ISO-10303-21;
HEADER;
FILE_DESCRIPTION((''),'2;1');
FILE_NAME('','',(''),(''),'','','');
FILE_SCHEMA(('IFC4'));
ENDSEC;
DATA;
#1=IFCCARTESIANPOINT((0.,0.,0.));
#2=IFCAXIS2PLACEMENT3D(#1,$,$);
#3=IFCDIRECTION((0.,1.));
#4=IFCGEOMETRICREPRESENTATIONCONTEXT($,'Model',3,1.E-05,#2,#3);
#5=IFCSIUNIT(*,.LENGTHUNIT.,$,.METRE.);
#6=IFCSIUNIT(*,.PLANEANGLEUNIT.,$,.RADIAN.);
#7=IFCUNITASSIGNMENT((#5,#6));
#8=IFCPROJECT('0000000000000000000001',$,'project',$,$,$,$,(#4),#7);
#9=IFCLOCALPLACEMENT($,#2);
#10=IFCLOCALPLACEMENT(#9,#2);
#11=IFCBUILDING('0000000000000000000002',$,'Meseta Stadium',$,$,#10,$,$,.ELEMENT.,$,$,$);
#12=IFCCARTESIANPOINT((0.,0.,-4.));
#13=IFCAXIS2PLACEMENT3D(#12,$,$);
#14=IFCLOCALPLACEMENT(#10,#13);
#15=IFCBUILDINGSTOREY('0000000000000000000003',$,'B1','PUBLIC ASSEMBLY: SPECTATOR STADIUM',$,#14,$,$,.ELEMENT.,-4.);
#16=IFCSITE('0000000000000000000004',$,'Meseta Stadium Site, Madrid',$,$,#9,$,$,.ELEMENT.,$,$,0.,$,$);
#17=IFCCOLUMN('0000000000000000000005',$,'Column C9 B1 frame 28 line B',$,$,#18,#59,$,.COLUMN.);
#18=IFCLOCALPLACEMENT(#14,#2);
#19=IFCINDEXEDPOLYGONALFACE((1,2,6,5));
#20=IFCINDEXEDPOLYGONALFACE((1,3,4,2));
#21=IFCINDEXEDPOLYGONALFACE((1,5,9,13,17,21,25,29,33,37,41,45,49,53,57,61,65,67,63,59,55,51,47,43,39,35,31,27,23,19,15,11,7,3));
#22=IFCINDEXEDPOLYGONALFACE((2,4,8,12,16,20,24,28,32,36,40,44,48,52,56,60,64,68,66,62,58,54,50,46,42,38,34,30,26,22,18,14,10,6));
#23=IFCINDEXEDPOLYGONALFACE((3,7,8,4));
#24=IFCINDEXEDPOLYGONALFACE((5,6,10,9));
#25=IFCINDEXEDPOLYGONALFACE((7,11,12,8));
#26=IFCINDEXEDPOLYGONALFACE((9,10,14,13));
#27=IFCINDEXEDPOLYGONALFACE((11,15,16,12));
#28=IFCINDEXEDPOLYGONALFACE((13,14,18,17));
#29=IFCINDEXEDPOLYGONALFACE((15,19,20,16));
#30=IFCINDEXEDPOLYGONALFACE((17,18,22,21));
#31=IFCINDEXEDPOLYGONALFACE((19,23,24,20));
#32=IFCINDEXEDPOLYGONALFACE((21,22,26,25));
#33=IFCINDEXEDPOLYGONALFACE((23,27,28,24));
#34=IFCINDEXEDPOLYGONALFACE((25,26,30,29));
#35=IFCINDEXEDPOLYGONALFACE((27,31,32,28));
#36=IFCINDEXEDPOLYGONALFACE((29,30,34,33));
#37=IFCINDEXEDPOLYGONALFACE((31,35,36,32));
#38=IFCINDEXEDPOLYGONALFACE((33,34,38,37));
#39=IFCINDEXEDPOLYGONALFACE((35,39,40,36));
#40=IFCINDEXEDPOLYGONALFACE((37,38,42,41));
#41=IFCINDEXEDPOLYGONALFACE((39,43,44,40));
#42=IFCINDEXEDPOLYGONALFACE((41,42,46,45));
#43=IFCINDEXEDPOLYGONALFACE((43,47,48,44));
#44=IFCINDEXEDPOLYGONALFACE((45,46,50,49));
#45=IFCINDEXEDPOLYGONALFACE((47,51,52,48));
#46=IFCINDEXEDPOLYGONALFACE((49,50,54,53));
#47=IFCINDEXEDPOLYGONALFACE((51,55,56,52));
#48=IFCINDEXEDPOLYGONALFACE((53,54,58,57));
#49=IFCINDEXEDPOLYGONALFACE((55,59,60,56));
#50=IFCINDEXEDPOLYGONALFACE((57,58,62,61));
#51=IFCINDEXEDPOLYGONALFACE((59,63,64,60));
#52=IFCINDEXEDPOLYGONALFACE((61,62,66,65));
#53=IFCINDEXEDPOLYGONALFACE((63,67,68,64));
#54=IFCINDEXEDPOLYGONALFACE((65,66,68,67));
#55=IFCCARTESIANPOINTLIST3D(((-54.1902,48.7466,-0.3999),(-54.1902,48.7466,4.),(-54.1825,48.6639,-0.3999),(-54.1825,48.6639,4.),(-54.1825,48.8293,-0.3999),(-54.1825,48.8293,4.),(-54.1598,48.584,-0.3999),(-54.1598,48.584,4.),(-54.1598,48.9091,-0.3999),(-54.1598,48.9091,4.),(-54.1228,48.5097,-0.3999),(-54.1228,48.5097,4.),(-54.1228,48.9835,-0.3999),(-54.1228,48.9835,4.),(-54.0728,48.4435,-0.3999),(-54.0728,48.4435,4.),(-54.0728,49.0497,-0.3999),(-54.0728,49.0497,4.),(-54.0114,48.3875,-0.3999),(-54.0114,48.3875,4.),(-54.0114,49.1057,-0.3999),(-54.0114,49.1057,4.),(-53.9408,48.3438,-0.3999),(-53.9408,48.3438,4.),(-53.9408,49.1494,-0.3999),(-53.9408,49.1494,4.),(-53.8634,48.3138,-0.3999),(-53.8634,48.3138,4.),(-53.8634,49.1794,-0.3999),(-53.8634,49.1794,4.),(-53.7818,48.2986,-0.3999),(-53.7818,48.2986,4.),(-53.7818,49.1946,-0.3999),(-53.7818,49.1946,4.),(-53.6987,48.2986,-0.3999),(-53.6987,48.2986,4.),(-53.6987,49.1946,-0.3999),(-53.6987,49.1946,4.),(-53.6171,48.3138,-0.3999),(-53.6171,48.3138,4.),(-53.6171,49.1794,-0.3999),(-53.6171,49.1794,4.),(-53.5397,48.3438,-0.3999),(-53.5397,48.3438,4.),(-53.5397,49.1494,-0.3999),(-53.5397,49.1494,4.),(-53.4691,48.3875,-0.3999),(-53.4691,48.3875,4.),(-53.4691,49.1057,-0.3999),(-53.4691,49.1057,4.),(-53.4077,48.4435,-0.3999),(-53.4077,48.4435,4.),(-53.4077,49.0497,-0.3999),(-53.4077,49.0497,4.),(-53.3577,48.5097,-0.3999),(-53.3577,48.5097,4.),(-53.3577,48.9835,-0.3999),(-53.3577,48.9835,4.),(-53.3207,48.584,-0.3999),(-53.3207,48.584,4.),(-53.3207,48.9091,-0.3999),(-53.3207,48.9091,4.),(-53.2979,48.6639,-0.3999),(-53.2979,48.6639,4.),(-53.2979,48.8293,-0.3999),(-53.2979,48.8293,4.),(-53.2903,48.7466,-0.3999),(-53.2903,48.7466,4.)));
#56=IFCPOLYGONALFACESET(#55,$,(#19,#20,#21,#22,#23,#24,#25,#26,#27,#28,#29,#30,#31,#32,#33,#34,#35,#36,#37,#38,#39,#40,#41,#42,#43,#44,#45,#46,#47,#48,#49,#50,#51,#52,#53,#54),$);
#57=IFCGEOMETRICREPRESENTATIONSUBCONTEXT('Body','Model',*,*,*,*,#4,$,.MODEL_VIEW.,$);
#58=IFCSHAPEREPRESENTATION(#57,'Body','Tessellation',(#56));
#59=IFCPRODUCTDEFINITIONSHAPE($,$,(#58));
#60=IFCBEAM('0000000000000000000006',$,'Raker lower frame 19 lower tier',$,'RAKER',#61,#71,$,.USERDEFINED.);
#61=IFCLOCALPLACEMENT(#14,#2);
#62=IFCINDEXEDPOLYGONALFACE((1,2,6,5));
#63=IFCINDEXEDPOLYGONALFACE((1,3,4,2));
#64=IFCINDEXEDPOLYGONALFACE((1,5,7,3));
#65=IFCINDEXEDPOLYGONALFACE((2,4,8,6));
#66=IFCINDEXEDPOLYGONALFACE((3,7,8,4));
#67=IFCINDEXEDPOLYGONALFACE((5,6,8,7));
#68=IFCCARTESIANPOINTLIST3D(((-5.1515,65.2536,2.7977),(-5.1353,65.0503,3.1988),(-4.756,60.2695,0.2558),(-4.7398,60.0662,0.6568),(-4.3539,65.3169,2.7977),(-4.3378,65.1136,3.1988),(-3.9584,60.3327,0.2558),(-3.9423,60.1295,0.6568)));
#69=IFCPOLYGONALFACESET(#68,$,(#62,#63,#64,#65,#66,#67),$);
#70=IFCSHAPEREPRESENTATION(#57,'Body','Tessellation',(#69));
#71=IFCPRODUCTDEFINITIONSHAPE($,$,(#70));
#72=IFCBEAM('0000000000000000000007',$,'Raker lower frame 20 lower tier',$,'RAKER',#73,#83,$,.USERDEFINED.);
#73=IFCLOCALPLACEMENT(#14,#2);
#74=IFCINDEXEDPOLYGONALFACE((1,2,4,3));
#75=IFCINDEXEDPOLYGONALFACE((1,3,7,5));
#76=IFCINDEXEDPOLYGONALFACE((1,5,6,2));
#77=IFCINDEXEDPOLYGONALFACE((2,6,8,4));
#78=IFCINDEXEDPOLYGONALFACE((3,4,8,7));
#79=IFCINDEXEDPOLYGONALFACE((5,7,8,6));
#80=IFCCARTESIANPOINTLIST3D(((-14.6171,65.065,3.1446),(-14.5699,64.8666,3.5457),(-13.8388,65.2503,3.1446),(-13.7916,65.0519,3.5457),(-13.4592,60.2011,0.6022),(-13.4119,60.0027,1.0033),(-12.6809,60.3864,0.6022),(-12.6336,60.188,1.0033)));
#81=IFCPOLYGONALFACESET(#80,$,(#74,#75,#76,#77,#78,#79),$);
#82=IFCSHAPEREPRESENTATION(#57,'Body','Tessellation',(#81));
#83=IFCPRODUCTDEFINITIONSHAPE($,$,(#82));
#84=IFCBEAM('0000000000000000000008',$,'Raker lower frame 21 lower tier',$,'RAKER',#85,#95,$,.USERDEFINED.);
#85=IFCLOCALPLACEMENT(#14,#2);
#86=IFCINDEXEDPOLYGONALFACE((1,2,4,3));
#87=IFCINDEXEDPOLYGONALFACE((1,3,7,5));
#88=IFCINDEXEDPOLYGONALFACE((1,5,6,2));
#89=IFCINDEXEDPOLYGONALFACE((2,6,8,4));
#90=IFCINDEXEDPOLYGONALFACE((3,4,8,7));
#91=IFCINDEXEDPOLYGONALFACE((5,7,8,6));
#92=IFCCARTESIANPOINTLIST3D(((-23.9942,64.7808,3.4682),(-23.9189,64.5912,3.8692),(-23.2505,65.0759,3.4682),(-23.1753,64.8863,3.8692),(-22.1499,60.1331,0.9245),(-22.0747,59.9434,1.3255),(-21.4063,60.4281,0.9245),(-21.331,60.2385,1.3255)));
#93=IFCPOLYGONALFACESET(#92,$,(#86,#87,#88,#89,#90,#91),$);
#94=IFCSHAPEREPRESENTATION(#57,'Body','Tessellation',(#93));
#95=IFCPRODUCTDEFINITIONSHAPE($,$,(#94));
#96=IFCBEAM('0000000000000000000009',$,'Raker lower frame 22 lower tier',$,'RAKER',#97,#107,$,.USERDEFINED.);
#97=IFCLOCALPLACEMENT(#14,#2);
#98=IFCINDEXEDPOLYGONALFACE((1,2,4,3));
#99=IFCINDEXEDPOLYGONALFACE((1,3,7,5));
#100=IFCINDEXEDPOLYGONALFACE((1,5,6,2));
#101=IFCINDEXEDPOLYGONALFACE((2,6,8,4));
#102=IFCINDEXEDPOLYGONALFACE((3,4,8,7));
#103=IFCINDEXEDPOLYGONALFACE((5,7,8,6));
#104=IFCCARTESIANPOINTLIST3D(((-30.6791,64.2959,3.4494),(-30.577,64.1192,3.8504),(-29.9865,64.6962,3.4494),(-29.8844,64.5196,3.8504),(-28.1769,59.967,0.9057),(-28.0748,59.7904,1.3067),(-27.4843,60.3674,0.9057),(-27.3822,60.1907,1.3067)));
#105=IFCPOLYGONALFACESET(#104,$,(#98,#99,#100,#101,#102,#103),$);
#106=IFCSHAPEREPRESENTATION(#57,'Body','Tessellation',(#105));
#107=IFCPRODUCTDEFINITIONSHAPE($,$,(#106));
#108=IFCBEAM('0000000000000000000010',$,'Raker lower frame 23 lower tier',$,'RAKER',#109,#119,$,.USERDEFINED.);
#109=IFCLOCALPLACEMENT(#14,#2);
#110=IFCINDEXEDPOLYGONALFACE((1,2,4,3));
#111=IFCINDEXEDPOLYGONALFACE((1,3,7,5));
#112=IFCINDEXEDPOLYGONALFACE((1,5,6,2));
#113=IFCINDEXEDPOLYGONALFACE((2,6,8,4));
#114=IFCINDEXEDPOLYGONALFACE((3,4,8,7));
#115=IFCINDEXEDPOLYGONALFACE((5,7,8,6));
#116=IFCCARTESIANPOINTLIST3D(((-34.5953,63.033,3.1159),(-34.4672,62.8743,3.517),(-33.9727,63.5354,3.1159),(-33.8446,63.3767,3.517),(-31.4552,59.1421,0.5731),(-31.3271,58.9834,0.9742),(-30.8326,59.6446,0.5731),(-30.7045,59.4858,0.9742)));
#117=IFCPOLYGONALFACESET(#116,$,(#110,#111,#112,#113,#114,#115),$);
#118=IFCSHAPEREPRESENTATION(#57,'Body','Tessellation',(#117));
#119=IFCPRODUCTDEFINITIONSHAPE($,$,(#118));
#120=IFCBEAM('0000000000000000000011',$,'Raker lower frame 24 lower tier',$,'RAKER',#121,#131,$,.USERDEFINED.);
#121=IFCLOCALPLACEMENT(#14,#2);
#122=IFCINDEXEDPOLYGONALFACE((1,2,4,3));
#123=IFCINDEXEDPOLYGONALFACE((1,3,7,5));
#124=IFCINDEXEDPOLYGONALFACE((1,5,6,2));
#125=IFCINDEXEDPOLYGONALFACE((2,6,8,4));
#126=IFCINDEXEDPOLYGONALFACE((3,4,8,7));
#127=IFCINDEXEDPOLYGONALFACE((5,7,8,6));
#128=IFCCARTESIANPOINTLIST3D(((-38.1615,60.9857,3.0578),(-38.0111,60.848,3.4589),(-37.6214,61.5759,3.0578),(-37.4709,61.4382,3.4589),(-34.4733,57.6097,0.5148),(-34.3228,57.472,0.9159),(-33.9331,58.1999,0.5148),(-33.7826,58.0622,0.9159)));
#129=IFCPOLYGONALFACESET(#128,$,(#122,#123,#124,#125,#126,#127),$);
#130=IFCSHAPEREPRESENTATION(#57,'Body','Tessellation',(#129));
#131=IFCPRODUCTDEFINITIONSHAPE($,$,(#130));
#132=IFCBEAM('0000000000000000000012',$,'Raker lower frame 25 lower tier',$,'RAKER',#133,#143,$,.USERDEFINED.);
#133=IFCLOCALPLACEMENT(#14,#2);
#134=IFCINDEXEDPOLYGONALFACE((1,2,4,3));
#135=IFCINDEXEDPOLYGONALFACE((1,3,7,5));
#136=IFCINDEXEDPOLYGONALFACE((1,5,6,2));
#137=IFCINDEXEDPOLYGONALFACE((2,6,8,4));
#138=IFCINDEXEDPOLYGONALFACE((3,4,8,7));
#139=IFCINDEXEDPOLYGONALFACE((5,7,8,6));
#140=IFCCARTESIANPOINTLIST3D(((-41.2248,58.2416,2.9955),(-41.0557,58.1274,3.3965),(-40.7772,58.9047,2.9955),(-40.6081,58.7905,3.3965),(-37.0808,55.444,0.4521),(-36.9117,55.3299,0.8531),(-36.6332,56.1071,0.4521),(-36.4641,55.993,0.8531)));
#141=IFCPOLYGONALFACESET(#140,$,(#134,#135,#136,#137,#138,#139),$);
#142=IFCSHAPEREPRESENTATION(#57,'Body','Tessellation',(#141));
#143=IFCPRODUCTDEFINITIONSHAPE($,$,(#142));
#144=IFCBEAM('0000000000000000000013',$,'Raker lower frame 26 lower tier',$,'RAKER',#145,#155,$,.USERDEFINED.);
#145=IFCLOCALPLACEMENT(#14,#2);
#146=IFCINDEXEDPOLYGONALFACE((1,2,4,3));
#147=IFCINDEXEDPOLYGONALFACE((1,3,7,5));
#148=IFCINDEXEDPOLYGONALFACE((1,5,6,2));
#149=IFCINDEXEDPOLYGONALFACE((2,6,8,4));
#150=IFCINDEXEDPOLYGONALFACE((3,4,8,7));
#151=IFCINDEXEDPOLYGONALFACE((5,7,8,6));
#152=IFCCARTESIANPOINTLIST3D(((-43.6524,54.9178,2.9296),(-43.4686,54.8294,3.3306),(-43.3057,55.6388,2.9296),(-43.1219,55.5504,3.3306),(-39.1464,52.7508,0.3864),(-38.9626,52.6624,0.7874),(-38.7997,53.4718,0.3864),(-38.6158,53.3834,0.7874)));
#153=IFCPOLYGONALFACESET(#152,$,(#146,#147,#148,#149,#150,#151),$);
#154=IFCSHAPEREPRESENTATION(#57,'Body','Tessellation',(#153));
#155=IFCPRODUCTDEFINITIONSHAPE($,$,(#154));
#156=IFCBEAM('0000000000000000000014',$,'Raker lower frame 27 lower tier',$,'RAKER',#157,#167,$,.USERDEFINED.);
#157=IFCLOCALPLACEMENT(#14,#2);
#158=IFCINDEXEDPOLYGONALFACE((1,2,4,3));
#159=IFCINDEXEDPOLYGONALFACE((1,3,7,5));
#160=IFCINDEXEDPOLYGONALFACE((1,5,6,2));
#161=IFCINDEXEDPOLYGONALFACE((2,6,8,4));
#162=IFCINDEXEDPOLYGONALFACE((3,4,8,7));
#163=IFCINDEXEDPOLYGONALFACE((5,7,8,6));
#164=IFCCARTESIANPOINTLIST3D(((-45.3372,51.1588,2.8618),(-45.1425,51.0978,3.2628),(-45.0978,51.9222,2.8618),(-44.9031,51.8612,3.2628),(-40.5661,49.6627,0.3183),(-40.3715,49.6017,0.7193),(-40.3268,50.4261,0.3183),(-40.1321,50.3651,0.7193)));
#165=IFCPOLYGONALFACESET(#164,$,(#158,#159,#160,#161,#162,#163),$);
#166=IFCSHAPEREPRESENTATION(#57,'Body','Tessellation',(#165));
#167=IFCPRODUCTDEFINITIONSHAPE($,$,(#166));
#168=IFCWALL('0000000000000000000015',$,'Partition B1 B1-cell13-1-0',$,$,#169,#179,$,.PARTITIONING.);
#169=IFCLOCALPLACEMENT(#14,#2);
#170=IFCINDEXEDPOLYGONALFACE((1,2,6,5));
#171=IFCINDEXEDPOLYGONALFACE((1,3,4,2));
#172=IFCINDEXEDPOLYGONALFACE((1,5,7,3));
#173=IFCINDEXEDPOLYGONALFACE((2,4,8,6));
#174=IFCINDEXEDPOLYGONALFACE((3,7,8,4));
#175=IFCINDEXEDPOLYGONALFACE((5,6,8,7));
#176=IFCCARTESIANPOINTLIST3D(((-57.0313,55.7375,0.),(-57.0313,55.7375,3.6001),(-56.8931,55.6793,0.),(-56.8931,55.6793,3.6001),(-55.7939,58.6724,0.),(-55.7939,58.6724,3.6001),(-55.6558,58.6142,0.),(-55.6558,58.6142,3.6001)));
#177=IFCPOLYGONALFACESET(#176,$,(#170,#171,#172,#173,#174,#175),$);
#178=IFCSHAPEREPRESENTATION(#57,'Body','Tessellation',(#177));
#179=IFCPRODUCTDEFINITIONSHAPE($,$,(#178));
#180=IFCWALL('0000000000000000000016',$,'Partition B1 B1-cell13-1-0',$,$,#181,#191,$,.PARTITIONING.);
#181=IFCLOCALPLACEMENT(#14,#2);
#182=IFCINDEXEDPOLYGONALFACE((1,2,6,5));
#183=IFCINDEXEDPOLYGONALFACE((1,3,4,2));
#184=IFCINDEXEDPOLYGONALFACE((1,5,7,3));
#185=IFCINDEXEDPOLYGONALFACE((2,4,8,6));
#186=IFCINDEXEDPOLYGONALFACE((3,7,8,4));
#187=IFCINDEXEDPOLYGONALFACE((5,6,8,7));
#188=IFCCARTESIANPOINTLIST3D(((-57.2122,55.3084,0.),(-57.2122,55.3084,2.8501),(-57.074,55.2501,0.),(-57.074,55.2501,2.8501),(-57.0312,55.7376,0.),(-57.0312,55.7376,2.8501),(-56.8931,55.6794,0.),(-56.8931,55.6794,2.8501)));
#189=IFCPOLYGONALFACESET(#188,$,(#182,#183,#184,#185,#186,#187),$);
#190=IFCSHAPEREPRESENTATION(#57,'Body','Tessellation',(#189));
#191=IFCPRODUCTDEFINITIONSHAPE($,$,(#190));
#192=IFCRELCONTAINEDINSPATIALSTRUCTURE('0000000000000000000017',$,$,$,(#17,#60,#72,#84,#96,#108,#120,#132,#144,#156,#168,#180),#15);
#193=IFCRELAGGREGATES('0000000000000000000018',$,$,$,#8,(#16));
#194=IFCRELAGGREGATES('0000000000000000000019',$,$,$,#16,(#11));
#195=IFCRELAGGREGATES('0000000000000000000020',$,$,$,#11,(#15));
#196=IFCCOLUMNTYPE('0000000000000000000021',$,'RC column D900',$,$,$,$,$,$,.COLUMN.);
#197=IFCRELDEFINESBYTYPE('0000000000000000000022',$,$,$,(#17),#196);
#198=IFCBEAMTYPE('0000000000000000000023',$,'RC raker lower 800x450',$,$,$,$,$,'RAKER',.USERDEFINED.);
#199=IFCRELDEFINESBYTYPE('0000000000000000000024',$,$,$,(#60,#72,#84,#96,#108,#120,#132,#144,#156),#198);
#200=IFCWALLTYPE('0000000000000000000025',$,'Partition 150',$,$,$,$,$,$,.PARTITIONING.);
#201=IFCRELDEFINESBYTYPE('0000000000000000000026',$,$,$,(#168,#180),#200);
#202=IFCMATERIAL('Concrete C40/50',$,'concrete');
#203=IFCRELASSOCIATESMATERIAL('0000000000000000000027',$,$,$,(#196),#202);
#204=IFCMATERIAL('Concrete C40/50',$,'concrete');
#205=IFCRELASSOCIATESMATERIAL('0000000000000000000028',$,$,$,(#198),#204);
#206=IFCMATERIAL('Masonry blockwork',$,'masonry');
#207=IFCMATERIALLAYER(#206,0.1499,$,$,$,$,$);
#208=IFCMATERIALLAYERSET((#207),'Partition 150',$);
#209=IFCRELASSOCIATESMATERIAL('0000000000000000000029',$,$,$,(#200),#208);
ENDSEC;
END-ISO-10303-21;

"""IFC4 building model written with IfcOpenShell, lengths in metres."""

from ifc_helpers import new_model, si_unit, direction, frame, frame_2d, origin, origin_2d, place, context, subcontext, project, spatial, rectangle, circle, extrude, material, layer, layer_set, material_profile, profile_set, type_object, element, save


model = new_model("IFC4")

# Units and contexts
model_context = context("Model", 3, precision=1e-05, world=origin(), true_north=direction((0.0, 1.0)))
body_context = subcontext(model_context, "Body", "Model", "MODEL_VIEW")
ifc_project = project(units=[si_unit("LENGTHUNIT", "METRE"), si_unit("PLANEANGLEUNIT", "RADIAN")], contexts=[model_context])

# Site, building, storey
site_placement = place(None, origin())
site = spatial("IfcSite", under=ifc_project, at=site_placement, Name="Meseta Stadium Site, Madrid", CompositionType="ELEMENT", RefElevation=0.0)
building_placement = place(site_placement, origin())
building = spatial("IfcBuilding", under=site, at=building_placement, Name="Meseta Stadium", CompositionType="ELEMENT")
storey_placement = place(building_placement, frame((0.0, 0.0, -4.0)))
storey = spatial("IfcBuildingStorey", under=building, at=storey_placement, Name="B1", Description="PUBLIC ASSEMBLY: SPECTATOR STADIUM", CompositionType="ELEMENT", Elevation=-4.0)

# Column
ifc_material_1 = material(Name="Concrete C40/50", Category="concrete")
ifc_material_profile_1 = material_profile(ifc_material_1, circle(Radius=0.45, at=origin_2d()), Name="RC D900")
ifc_profile_set_1 = profile_set([ifc_material_profile_1], Name="Concrete C40/50")
column_type_1 = type_object("IfcColumnType", Name="RC column D900", PredefinedType="COLUMN", material=ifc_profile_set_1)
for number, where, z_axis, x_axis, name in (
    (1, (-53.7402, 48.7466, -0.3999), (0.0, 0.0, 1.0), (1.0, 0.0, 0.0), "Column C9 B1 frame 28 line B"),
):
    element("IfcColumn", number, at=place(storey_placement, frame(where, z_axis=z_axis, x_axis=x_axis)), inside=storey, type_object=column_type_1, Name=name, PredefinedType="COLUMN", context=body_context, shape_type="SweptSolid", body=[
        extrude(circle(Radius=0.45, at=origin_2d()), origin(), (0.0, 0.0, 1.0), 4.3999),
    ])

# Beams
ifc_material_2 = material(Name="Concrete C40/50", Category="concrete")
ifc_material_profile_2 = material_profile(ifc_material_2, rectangle(XDim=0.8, YDim=0.45, at=origin_2d()), Name="RC 800x450")
ifc_profile_set_2 = profile_set([ifc_material_profile_2], Name="Concrete C40/50")
beam_type = type_object("IfcBeamType", Name="RC raker lower 800x450", ElementType="RAKER", PredefinedType="USERDEFINED", material=ifc_profile_set_2)
beam_1_placement = place(storey_placement, frame((-4.3491, 60.1995, 0.4563), z_axis=(-0.070514, 0.888612, 0.453207), x_axis=(-0.996866, -0.079105, 0.0)))
element("IfcBeam", 2, at=beam_1_placement, inside=storey, type_object=beam_type, Name="Raker lower frame 19 lower tier", ObjectType="RAKER", PredefinedType="USERDEFINED", context=body_context, shape_type="SweptSolid", body=[
    extrude(rectangle(XDim=0.8, YDim=0.45, at=origin_2d()), origin(), (0.0, 0.0, 1.0), 5.6089),
])
beam_2_placement = place(storey_placement, frame((-13.0464, 60.1946, 0.8027), z_axis=(-0.206437, 0.867141, 0.453266), x_axis=(-0.972813, -0.231594, 0.0)))
element("IfcBeam", 3, at=beam_2_placement, inside=storey, type_object=beam_type, Name="Raker lower frame 20 lower tier", ObjectType="RAKER", PredefinedType="USERDEFINED", context=body_context, shape_type="SweptSolid", body=[
    extrude(rectangle(XDim=0.8, YDim=0.45, at=origin_2d()), origin(), (0.0, 0.0, 1.0), 5.6091),
])
beam_3_placement = place(storey_placement, frame((-21.7405, 60.1858, 1.125), z_axis=(-0.328738, 0.828459, 0.453418), x_axis=(-0.929497, -0.36883, 0.0)))
element("IfcBeam", 4, at=beam_3_placement, inside=storey, type_object=beam_type, Name="Raker lower frame 21 lower tier", ObjectType="RAKER", PredefinedType="USERDEFINED", context=body_context, shape_type="SweptSolid", body=[
    extrude(rectangle(XDim=0.8, YDim=0.45, at=origin_2d()), origin(), (0.0, 0.0, 1.0), 5.6101),
])
beam_4_placement = place(storey_placement, frame((-27.7795, 60.0789, 1.1062), z_axis=(-0.446036, 0.771653, 0.453435), x_axis=(-0.865772, -0.500439, 0.0)))
element("IfcBeam", 5, at=beam_4_placement, inside=storey, type_object=beam_type, Name="Raker lower frame 22 lower tier", ObjectType="RAKER", PredefinedType="USERDEFINED", context=body_context, shape_type="SweptSolid", body=[
    extrude(rectangle(XDim=0.8, YDim=0.45, at=origin_2d()), origin(), (0.0, 0.0, 1.0), 5.6099),
])
beam_5_placement = place(storey_placement, frame((-31.0798, 59.314, 0.7737), z_axis=(-0.559804, 0.69364, 0.453301), x_axis=(-0.778184, -0.628036, 0.0)))
element("IfcBeam", 6, at=beam_5_placement, inside=storey, type_object=beam_type, Name="Raker lower frame 23 lower tier", ObjectType="RAKER", PredefinedType="USERDEFINED", context=body_context, shape_type="SweptSolid", body=[
    extrude(rectangle(XDim=0.8, YDim=0.45, at=origin_2d()), origin(), (0.0, 0.0, 1.0), 5.6094),
])
for number, where, z_axis, x_axis, name in (
    (7, (-34.1279, 57.8359, 0.7153), (-0.657493, 0.601827, 0.453329), (-0.675192, -0.737642, 0.0), "Raker lower frame 24 lower tier"),
    (8, (-36.7725, 55.7185, 0.6526), (-0.738726, 0.498708, 0.453402), (-0.559525, -0.828814, 0.0), "Raker lower frame 25 lower tier"),
    (9, (-38.8811, 53.0671, 0.5869), (-0.80327, 0.386294, 0.45336), (-0.433391, -0.901206, 0.0), "Raker lower frame 26 lower tier"),
):
    element("IfcBeam", number, at=place(storey_placement, frame(where, z_axis=z_axis, x_axis=x_axis)), inside=storey, type_object=beam_type, Name=name, ObjectType="RAKER", PredefinedType="USERDEFINED", context=body_context, shape_type="SweptSolid", body=[
        extrude(rectangle(XDim=0.8, YDim=0.45, at=origin_2d()), origin(), (0.0, 0.0, 1.0), 5.6096),
    ])
beam_6_placement = place(storey_placement, frame((-40.3491, 50.0139, 0.5188), z_axis=(-0.850475, 0.266693, 0.453395), x_axis=(-0.299215, -0.954186, 0.0)))
element("IfcBeam", 10, at=beam_6_placement, inside=storey, type_object=beam_type, Name="Raker lower frame 27 lower tier", ObjectType="RAKER", PredefinedType="USERDEFINED", context=body_context, shape_type="SweptSolid", body=[
    extrude(rectangle(XDim=0.8, YDim=0.45, at=origin_2d()), origin(), (0.0, 0.0, 1.0), 5.6099),
])

# Walls
ifc_material_3 = material(Name="Masonry blockwork", Category="masonry")
ifc_layer_1 = layer(ifc_material_3, 0.1499)
ifc_layer_set_1 = layer_set([ifc_layer_1], Name="Partition 150")
wall_type_1 = type_object("IfcWallType", Name="Partition 150", PredefinedType="PARTITIONING", material=ifc_layer_set_1)
wall_1_placement = place(storey_placement, frame((-55.7249, 58.6433, 0.0), z_axis=(0.0, 0.0, 1.0), x_axis=(-0.388482, -0.921456, 0.0)))
element("IfcWall", 11, at=wall_1_placement, inside=storey, type_object=wall_type_1, Name="Partition B1 B1-cell13-1-0", PredefinedType="PARTITIONING", context=body_context, shape_type="SweptSolid", body=[
    extrude(rectangle(XDim=3.1851, YDim=0.1499, at=frame_2d((1.5925, 0.0))), origin(), (0.0, 0.0, 1.0), 3.6001),
])
wall_2_placement = place(storey_placement, frame((-56.9622, 55.7085, 0.0), z_axis=(0.0, 0.0, 1.0), x_axis=(-0.388408, -0.921487, 0.0)))
element("IfcWall", 12, at=wall_2_placement, inside=storey, type_object=wall_type_1, Name="Partition B1 B1-cell13-1-0", PredefinedType="PARTITIONING", context=body_context, shape_type="SweptSolid", body=[
    extrude(rectangle(XDim=0.4658, YDim=0.1499, at=frame_2d((0.2329, 0.0))), origin(), (0.0, 0.0, 1.0), 2.8501),
])

save(model, "model.ifc")
